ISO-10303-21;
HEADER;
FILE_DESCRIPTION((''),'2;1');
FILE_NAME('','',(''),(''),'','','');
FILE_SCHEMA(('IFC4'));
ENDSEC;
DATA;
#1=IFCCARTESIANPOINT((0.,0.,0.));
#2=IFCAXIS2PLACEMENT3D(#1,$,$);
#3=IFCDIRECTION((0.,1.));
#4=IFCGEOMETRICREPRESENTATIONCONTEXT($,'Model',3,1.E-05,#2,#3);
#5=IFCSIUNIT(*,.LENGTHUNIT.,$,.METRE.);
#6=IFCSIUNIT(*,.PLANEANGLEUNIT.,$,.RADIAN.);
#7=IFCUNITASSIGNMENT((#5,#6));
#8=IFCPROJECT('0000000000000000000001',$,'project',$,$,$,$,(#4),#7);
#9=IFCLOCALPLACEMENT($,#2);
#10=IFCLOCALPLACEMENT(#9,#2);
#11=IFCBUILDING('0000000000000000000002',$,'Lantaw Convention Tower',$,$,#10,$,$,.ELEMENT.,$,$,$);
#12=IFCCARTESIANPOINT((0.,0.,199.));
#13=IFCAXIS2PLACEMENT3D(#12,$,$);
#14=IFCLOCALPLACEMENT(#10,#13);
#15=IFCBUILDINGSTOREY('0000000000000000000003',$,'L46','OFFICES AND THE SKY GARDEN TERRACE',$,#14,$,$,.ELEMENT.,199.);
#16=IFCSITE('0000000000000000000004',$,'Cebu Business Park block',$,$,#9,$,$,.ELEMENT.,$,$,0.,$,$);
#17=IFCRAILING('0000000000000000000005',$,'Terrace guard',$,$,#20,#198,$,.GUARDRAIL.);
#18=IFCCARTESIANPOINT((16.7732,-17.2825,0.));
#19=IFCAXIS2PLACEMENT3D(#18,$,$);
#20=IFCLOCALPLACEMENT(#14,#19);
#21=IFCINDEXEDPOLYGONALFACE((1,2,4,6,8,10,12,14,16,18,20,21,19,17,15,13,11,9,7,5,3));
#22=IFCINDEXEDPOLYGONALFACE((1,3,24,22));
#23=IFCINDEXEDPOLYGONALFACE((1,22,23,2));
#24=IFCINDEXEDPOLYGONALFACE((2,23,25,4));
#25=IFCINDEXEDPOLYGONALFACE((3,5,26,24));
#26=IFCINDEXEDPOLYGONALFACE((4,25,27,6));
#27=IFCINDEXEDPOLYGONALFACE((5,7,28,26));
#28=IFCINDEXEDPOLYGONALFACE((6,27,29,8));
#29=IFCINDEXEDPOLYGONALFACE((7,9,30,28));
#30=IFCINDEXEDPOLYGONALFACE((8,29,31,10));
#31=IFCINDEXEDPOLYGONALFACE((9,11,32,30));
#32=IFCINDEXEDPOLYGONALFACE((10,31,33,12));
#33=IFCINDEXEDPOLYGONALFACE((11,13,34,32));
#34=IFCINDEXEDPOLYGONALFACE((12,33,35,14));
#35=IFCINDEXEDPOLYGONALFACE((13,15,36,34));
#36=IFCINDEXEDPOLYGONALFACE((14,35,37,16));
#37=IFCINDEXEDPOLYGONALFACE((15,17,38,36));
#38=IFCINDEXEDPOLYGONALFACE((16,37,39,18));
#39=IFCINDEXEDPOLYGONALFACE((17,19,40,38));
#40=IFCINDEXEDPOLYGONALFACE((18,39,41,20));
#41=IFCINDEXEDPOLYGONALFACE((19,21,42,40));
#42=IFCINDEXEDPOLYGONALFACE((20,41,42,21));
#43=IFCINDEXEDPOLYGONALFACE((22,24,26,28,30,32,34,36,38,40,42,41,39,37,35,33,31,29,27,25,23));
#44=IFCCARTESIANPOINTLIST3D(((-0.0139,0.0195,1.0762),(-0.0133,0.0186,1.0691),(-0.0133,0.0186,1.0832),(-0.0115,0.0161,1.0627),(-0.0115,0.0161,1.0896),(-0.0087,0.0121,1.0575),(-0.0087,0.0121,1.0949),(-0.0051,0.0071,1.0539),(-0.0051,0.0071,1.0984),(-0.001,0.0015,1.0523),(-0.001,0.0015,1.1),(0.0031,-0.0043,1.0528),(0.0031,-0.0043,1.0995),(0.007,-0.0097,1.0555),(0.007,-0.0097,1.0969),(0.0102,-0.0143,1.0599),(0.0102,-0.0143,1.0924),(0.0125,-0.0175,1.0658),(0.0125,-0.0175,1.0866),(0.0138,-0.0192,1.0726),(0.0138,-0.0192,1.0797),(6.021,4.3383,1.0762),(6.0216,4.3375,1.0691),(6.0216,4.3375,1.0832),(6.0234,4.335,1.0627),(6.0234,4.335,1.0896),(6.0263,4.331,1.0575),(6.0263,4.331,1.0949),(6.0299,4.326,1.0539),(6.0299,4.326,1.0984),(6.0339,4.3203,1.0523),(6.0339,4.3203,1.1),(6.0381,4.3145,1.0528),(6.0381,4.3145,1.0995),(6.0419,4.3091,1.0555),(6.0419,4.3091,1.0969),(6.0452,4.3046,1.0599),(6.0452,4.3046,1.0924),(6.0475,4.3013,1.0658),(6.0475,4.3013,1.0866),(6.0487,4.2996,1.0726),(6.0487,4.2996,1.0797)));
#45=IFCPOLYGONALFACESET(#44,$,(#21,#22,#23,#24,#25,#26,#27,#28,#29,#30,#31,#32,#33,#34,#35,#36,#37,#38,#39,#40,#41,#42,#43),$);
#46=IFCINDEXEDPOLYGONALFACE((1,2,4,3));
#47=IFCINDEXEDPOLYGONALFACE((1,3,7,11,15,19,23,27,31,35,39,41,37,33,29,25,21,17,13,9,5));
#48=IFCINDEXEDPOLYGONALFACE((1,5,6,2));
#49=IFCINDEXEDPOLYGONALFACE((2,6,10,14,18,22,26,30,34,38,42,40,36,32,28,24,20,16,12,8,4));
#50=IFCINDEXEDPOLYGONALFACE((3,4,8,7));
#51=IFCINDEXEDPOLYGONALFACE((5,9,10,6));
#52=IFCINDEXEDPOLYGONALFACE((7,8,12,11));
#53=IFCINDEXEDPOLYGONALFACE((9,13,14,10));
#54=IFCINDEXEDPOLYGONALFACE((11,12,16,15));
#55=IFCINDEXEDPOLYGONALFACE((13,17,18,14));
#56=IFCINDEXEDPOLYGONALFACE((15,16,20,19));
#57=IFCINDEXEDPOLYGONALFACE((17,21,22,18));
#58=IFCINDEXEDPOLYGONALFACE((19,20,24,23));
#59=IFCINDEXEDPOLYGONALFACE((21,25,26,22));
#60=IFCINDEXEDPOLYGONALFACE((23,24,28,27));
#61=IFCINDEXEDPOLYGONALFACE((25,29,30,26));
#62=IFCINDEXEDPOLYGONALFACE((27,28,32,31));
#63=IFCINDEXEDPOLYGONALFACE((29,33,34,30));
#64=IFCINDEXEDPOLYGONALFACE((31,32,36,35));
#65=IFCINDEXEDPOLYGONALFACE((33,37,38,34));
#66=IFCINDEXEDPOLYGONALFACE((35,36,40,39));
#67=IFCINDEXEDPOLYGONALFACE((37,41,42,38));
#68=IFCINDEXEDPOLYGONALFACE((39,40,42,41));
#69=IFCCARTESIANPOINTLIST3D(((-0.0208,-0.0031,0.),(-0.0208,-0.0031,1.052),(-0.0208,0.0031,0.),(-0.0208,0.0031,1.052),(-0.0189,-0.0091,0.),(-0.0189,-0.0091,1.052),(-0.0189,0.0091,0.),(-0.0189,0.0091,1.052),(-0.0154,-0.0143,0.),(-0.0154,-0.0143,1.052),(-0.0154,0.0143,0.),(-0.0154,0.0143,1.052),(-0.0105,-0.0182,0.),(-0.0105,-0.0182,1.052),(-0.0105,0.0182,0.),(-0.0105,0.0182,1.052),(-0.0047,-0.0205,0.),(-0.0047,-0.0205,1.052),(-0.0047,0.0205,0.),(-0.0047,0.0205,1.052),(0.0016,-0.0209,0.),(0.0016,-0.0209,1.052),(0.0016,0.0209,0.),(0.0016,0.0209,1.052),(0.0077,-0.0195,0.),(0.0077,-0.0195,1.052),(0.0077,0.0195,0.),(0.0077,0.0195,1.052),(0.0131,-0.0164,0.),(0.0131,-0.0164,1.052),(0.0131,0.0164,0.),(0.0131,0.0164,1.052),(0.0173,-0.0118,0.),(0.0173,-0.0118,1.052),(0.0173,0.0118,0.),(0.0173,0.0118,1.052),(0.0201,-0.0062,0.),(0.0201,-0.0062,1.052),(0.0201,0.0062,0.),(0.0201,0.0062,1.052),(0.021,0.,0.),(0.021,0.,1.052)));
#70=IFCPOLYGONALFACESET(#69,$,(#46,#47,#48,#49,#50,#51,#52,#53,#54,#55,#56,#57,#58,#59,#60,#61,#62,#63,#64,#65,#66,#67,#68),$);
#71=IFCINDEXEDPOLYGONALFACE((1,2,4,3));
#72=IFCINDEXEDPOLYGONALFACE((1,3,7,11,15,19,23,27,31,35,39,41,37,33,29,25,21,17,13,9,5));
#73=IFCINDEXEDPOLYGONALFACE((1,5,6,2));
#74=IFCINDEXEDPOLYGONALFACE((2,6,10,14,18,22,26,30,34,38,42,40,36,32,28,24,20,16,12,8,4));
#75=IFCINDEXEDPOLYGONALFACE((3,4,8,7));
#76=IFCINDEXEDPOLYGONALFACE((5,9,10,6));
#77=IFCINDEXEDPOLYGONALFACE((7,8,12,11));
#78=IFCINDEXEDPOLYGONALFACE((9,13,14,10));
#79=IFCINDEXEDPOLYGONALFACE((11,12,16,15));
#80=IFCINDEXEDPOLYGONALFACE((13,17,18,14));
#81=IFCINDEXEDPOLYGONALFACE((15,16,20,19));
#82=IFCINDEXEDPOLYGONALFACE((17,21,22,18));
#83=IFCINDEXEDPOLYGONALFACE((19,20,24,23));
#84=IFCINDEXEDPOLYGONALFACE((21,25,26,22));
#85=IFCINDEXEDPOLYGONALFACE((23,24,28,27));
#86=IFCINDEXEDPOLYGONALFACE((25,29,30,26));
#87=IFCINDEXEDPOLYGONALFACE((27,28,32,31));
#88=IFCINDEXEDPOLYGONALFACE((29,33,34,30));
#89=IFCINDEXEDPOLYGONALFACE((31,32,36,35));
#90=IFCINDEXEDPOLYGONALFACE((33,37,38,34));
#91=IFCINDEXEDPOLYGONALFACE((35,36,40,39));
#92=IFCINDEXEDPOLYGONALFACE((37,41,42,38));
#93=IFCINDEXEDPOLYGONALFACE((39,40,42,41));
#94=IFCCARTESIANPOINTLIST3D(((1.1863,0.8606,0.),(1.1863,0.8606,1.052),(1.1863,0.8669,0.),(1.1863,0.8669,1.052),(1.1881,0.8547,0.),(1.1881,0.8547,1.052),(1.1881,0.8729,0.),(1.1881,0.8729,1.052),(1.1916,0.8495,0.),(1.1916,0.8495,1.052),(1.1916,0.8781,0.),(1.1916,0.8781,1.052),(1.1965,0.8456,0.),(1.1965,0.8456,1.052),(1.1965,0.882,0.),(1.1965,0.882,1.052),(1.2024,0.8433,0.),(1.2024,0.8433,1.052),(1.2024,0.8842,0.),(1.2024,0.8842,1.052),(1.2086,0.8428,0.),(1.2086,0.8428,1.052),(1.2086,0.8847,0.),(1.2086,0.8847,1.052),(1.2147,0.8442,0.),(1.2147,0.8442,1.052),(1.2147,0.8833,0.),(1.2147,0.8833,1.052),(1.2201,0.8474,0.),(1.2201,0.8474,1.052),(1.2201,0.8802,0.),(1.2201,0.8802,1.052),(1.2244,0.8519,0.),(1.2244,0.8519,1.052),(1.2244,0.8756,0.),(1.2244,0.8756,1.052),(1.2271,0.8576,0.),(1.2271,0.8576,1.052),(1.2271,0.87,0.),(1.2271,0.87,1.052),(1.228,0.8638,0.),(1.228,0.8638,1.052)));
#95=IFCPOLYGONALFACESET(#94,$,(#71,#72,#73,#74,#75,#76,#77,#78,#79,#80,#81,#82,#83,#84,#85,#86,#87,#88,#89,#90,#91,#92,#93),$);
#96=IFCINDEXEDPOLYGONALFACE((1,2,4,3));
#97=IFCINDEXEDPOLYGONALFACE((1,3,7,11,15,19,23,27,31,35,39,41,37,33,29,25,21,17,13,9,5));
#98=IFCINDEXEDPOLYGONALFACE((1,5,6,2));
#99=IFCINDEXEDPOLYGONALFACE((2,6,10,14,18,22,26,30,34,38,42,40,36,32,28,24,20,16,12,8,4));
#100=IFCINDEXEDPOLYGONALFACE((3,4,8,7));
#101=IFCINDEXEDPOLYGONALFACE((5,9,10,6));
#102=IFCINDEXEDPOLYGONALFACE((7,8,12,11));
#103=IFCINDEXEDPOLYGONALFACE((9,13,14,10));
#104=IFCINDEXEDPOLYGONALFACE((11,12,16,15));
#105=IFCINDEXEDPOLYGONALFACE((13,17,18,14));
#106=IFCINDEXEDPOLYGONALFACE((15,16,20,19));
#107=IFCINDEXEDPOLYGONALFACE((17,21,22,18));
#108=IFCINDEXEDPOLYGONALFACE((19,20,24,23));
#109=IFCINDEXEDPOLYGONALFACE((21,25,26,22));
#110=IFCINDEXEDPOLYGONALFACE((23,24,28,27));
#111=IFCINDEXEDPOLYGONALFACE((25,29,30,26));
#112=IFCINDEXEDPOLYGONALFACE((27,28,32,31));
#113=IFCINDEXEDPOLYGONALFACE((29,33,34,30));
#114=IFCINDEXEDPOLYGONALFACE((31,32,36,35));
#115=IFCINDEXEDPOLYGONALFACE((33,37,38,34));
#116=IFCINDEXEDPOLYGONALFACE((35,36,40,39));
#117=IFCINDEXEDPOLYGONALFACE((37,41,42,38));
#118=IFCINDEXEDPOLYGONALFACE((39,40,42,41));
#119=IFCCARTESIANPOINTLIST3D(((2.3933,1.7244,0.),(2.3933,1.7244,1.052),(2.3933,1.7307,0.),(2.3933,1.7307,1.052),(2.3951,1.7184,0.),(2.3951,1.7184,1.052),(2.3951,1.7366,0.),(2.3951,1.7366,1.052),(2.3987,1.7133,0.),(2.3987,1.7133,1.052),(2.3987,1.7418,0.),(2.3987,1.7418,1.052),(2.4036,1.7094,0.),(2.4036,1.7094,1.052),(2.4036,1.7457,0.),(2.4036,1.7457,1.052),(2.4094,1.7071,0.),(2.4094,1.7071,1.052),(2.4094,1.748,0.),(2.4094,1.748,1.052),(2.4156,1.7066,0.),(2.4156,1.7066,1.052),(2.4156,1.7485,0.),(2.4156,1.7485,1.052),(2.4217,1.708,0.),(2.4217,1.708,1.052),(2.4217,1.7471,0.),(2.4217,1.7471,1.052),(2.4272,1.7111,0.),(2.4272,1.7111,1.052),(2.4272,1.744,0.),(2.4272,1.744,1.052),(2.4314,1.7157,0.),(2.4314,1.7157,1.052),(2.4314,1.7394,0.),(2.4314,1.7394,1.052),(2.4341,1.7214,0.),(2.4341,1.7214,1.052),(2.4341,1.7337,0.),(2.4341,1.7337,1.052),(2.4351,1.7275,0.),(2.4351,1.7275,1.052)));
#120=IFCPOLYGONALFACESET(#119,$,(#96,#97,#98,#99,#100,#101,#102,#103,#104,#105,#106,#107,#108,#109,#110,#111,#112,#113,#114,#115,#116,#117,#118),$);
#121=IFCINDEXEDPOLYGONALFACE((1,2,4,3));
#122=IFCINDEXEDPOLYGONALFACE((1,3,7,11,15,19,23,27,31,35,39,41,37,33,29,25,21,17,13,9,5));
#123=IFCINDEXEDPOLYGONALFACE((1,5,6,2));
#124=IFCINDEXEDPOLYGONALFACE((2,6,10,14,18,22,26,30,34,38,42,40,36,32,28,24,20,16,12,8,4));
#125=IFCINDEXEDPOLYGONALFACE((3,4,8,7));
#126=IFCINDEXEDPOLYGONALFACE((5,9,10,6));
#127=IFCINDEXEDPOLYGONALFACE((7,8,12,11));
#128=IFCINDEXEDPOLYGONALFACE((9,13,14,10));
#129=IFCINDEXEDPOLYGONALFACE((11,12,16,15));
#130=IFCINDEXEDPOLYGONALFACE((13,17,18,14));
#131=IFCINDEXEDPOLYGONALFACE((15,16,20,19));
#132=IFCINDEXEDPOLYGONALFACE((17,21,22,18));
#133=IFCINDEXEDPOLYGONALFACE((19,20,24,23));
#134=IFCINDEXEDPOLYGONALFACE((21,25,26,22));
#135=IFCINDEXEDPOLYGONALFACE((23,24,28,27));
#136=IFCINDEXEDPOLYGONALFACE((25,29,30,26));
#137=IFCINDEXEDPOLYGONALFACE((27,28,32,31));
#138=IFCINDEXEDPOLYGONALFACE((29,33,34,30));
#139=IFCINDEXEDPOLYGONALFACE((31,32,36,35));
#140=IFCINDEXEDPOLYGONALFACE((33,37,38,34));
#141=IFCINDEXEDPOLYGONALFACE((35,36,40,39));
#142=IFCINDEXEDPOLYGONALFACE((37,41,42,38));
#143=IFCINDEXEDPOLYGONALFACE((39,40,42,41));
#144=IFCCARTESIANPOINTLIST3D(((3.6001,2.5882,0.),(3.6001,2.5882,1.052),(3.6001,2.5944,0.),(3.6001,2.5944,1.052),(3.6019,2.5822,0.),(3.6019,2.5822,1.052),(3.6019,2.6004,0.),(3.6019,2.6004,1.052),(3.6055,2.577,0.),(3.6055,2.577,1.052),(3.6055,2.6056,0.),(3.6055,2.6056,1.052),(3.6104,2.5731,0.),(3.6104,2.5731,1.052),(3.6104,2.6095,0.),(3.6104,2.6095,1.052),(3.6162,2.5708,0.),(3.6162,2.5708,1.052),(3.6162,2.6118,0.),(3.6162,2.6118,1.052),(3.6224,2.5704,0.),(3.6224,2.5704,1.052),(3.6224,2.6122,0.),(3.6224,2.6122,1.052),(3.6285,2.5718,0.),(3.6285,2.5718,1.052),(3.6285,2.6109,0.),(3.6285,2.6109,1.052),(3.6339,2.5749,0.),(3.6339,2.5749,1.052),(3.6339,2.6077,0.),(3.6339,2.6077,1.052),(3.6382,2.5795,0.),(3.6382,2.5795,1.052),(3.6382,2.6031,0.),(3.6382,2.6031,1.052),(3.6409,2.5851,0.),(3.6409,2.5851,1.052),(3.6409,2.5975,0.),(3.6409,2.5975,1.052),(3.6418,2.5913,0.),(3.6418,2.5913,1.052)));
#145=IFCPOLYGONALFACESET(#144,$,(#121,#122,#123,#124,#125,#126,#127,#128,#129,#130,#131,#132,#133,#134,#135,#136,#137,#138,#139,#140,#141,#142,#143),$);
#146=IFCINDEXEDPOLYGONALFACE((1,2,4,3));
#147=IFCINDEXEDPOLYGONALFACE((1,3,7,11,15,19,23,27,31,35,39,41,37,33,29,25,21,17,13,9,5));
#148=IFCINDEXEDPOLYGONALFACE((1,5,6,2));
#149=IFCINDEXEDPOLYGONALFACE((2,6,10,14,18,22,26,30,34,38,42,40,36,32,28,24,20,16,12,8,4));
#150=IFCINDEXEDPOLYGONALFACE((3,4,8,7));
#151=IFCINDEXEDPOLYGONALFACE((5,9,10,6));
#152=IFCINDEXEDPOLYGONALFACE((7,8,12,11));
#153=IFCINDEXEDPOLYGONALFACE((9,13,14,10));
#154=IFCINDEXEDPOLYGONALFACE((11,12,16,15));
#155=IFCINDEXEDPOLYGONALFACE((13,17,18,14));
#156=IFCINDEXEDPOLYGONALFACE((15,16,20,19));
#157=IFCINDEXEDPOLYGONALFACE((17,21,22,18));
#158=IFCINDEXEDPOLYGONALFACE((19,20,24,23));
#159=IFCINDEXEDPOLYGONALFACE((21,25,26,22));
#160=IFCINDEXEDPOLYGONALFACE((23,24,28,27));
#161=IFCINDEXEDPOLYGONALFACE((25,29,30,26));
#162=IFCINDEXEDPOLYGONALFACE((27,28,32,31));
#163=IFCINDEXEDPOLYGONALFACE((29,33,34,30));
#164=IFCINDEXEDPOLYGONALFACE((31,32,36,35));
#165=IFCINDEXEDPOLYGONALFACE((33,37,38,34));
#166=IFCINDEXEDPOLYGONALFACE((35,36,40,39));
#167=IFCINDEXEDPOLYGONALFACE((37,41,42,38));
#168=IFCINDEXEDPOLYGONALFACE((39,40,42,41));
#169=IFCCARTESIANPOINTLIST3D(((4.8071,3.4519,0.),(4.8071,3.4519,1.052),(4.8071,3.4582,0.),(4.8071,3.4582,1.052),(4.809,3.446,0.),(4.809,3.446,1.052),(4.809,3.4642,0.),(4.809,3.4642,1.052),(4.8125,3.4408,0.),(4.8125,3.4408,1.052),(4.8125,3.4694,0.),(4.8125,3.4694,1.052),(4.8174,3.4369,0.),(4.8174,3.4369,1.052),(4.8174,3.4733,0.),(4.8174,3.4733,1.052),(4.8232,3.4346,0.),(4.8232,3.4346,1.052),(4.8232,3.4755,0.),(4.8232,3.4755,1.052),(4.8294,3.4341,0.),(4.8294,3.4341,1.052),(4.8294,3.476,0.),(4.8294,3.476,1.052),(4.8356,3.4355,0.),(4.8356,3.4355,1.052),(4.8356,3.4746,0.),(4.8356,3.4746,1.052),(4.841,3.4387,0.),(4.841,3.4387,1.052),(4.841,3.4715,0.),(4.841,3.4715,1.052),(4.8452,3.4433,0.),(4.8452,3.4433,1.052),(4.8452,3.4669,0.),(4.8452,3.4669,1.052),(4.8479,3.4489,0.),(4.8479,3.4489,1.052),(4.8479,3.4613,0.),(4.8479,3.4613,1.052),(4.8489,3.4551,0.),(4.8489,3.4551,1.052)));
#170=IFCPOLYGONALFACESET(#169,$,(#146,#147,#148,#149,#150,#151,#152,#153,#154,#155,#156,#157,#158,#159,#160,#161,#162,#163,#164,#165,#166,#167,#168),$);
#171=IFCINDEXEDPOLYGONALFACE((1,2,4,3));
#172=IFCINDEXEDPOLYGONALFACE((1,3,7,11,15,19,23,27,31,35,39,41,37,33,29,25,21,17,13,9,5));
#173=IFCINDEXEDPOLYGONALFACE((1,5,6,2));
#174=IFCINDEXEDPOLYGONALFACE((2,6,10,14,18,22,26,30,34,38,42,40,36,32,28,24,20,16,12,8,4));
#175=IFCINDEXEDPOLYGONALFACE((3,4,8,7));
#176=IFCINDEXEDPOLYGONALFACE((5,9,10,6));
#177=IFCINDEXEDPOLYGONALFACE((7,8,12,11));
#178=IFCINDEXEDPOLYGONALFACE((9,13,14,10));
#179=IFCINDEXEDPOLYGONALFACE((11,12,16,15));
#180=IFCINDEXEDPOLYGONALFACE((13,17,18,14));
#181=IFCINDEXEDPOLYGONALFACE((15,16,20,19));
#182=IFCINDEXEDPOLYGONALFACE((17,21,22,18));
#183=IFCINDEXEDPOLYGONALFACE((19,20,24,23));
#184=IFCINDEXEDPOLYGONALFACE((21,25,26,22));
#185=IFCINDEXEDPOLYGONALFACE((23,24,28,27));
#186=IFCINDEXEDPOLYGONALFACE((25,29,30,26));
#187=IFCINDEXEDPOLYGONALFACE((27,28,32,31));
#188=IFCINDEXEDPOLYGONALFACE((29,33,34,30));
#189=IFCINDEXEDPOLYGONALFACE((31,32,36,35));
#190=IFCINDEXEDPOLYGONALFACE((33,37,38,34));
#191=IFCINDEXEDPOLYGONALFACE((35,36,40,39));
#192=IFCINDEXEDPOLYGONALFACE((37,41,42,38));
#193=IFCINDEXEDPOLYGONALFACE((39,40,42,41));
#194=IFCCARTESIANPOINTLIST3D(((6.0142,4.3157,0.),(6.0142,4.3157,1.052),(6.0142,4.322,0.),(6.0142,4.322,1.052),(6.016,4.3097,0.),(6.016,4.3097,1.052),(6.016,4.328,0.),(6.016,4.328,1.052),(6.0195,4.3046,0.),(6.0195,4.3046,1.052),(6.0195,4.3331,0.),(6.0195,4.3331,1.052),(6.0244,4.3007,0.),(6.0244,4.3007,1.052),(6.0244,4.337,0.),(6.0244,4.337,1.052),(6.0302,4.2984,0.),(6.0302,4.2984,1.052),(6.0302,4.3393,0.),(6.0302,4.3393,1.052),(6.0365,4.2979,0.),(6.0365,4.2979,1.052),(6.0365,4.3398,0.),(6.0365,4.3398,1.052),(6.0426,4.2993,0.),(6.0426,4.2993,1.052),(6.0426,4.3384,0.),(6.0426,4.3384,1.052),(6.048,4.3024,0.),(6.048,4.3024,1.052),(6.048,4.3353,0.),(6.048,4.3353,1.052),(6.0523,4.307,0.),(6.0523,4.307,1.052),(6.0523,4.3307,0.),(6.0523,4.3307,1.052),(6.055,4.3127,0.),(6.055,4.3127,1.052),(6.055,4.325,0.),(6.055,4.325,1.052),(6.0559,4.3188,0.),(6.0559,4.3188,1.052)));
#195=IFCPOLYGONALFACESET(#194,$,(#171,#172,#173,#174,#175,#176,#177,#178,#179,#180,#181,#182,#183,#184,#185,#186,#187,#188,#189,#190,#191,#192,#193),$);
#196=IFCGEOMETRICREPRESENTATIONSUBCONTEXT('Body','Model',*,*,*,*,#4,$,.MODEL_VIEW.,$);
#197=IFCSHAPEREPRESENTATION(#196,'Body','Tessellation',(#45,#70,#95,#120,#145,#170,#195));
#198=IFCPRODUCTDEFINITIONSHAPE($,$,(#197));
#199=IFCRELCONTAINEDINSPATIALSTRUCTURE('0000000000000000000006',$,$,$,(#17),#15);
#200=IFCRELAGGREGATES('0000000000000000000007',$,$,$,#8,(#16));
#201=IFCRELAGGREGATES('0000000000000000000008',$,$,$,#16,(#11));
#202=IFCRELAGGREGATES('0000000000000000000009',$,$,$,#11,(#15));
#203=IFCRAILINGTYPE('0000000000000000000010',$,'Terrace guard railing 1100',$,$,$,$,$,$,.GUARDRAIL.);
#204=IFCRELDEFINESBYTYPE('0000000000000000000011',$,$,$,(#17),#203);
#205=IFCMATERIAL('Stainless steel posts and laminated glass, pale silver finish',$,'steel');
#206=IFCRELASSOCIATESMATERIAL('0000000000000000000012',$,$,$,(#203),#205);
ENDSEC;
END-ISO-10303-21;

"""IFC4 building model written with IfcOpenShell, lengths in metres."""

from ifc_helpers import new_model, si_unit, direction, frame, origin, origin_2d, place, context, subcontext, project, spatial, circle, extrude, material, type_object, element, save


model = new_model("IFC4")

# Units and contexts
model_context = context("Model", 3, precision=1e-05, world=origin(), true_north=direction((0.0, 1.0)))
body_context = subcontext(model_context, "Body", "Model", "MODEL_VIEW")
ifc_project = project(units=[si_unit("LENGTHUNIT", "METRE"), si_unit("PLANEANGLEUNIT", "RADIAN")], contexts=[model_context])

# Site, building, storey
site_placement = place(None, origin())
site = spatial("IfcSite", under=ifc_project, at=site_placement, Name="Cebu Business Park block", CompositionType="ELEMENT", RefElevation=0.0)
building_placement = place(site_placement, origin())
building = spatial("IfcBuilding", under=site, at=building_placement, Name="Lantaw Convention Tower", CompositionType="ELEMENT")
storey_placement = place(building_placement, frame((0.0, 0.0, 199.0)))
storey = spatial("IfcBuildingStorey", under=building, at=storey_placement, Name="L46", Description="OFFICES AND THE SKY GARDEN TERRACE", CompositionType="ELEMENT", Elevation=199.0)

# Railing
ifc_material_1 = material(Name="Stainless steel posts and laminated glass, pale silver finish", Category="steel")
railing_type = type_object("IfcRailingType", Name="Terrace guard railing 1100", PredefinedType="GUARDRAIL", material=ifc_material_1)
railing_1_placement = place(storey_placement, frame((16.7732, -17.2825, 0.0)))
element("IfcRailing", 1, at=railing_1_placement, inside=storey, type_object=railing_type, Name="Terrace guard", PredefinedType="GUARDRAIL", context=body_context, shape_type="SweptSolid", body=[
    extrude(circle(Radius=0.0239, at=origin_2d()), frame((0.0, 0.0, 1.0762), z_axis=(0.813211, 0.581969, 0.0), x_axis=(-0.581969, 0.813211, 0.0)), (0.0, 0.0, 1.0), 7.4211),
    extrude(circle(Radius=0.021, at=origin_2d()), origin(), (0.0, 0.0, 1.0), 1.052),
    extrude(circle(Radius=0.021, at=origin_2d()), frame((1.207, 0.8638, 0.0)), (0.0, 0.0, 1.0), 1.052),
    extrude(circle(Radius=0.021, at=origin_2d()), frame((2.4141, 1.7275, 0.0)), (0.0, 0.0, 1.0), 1.052),
    extrude(circle(Radius=0.021, at=origin_2d()), frame((3.6208, 2.5913, 0.0)), (0.0, 0.0, 1.0), 1.052),
    extrude(circle(Radius=0.021, at=origin_2d()), frame((4.8279, 3.4551, 0.0)), (0.0, 0.0, 1.0), 1.052),
    extrude(circle(Radius=0.021, at=origin_2d()), frame((6.0349, 4.3188, 0.0)), (0.0, 0.0, 1.0), 1.052),
])

save(model, "model.ifc")
